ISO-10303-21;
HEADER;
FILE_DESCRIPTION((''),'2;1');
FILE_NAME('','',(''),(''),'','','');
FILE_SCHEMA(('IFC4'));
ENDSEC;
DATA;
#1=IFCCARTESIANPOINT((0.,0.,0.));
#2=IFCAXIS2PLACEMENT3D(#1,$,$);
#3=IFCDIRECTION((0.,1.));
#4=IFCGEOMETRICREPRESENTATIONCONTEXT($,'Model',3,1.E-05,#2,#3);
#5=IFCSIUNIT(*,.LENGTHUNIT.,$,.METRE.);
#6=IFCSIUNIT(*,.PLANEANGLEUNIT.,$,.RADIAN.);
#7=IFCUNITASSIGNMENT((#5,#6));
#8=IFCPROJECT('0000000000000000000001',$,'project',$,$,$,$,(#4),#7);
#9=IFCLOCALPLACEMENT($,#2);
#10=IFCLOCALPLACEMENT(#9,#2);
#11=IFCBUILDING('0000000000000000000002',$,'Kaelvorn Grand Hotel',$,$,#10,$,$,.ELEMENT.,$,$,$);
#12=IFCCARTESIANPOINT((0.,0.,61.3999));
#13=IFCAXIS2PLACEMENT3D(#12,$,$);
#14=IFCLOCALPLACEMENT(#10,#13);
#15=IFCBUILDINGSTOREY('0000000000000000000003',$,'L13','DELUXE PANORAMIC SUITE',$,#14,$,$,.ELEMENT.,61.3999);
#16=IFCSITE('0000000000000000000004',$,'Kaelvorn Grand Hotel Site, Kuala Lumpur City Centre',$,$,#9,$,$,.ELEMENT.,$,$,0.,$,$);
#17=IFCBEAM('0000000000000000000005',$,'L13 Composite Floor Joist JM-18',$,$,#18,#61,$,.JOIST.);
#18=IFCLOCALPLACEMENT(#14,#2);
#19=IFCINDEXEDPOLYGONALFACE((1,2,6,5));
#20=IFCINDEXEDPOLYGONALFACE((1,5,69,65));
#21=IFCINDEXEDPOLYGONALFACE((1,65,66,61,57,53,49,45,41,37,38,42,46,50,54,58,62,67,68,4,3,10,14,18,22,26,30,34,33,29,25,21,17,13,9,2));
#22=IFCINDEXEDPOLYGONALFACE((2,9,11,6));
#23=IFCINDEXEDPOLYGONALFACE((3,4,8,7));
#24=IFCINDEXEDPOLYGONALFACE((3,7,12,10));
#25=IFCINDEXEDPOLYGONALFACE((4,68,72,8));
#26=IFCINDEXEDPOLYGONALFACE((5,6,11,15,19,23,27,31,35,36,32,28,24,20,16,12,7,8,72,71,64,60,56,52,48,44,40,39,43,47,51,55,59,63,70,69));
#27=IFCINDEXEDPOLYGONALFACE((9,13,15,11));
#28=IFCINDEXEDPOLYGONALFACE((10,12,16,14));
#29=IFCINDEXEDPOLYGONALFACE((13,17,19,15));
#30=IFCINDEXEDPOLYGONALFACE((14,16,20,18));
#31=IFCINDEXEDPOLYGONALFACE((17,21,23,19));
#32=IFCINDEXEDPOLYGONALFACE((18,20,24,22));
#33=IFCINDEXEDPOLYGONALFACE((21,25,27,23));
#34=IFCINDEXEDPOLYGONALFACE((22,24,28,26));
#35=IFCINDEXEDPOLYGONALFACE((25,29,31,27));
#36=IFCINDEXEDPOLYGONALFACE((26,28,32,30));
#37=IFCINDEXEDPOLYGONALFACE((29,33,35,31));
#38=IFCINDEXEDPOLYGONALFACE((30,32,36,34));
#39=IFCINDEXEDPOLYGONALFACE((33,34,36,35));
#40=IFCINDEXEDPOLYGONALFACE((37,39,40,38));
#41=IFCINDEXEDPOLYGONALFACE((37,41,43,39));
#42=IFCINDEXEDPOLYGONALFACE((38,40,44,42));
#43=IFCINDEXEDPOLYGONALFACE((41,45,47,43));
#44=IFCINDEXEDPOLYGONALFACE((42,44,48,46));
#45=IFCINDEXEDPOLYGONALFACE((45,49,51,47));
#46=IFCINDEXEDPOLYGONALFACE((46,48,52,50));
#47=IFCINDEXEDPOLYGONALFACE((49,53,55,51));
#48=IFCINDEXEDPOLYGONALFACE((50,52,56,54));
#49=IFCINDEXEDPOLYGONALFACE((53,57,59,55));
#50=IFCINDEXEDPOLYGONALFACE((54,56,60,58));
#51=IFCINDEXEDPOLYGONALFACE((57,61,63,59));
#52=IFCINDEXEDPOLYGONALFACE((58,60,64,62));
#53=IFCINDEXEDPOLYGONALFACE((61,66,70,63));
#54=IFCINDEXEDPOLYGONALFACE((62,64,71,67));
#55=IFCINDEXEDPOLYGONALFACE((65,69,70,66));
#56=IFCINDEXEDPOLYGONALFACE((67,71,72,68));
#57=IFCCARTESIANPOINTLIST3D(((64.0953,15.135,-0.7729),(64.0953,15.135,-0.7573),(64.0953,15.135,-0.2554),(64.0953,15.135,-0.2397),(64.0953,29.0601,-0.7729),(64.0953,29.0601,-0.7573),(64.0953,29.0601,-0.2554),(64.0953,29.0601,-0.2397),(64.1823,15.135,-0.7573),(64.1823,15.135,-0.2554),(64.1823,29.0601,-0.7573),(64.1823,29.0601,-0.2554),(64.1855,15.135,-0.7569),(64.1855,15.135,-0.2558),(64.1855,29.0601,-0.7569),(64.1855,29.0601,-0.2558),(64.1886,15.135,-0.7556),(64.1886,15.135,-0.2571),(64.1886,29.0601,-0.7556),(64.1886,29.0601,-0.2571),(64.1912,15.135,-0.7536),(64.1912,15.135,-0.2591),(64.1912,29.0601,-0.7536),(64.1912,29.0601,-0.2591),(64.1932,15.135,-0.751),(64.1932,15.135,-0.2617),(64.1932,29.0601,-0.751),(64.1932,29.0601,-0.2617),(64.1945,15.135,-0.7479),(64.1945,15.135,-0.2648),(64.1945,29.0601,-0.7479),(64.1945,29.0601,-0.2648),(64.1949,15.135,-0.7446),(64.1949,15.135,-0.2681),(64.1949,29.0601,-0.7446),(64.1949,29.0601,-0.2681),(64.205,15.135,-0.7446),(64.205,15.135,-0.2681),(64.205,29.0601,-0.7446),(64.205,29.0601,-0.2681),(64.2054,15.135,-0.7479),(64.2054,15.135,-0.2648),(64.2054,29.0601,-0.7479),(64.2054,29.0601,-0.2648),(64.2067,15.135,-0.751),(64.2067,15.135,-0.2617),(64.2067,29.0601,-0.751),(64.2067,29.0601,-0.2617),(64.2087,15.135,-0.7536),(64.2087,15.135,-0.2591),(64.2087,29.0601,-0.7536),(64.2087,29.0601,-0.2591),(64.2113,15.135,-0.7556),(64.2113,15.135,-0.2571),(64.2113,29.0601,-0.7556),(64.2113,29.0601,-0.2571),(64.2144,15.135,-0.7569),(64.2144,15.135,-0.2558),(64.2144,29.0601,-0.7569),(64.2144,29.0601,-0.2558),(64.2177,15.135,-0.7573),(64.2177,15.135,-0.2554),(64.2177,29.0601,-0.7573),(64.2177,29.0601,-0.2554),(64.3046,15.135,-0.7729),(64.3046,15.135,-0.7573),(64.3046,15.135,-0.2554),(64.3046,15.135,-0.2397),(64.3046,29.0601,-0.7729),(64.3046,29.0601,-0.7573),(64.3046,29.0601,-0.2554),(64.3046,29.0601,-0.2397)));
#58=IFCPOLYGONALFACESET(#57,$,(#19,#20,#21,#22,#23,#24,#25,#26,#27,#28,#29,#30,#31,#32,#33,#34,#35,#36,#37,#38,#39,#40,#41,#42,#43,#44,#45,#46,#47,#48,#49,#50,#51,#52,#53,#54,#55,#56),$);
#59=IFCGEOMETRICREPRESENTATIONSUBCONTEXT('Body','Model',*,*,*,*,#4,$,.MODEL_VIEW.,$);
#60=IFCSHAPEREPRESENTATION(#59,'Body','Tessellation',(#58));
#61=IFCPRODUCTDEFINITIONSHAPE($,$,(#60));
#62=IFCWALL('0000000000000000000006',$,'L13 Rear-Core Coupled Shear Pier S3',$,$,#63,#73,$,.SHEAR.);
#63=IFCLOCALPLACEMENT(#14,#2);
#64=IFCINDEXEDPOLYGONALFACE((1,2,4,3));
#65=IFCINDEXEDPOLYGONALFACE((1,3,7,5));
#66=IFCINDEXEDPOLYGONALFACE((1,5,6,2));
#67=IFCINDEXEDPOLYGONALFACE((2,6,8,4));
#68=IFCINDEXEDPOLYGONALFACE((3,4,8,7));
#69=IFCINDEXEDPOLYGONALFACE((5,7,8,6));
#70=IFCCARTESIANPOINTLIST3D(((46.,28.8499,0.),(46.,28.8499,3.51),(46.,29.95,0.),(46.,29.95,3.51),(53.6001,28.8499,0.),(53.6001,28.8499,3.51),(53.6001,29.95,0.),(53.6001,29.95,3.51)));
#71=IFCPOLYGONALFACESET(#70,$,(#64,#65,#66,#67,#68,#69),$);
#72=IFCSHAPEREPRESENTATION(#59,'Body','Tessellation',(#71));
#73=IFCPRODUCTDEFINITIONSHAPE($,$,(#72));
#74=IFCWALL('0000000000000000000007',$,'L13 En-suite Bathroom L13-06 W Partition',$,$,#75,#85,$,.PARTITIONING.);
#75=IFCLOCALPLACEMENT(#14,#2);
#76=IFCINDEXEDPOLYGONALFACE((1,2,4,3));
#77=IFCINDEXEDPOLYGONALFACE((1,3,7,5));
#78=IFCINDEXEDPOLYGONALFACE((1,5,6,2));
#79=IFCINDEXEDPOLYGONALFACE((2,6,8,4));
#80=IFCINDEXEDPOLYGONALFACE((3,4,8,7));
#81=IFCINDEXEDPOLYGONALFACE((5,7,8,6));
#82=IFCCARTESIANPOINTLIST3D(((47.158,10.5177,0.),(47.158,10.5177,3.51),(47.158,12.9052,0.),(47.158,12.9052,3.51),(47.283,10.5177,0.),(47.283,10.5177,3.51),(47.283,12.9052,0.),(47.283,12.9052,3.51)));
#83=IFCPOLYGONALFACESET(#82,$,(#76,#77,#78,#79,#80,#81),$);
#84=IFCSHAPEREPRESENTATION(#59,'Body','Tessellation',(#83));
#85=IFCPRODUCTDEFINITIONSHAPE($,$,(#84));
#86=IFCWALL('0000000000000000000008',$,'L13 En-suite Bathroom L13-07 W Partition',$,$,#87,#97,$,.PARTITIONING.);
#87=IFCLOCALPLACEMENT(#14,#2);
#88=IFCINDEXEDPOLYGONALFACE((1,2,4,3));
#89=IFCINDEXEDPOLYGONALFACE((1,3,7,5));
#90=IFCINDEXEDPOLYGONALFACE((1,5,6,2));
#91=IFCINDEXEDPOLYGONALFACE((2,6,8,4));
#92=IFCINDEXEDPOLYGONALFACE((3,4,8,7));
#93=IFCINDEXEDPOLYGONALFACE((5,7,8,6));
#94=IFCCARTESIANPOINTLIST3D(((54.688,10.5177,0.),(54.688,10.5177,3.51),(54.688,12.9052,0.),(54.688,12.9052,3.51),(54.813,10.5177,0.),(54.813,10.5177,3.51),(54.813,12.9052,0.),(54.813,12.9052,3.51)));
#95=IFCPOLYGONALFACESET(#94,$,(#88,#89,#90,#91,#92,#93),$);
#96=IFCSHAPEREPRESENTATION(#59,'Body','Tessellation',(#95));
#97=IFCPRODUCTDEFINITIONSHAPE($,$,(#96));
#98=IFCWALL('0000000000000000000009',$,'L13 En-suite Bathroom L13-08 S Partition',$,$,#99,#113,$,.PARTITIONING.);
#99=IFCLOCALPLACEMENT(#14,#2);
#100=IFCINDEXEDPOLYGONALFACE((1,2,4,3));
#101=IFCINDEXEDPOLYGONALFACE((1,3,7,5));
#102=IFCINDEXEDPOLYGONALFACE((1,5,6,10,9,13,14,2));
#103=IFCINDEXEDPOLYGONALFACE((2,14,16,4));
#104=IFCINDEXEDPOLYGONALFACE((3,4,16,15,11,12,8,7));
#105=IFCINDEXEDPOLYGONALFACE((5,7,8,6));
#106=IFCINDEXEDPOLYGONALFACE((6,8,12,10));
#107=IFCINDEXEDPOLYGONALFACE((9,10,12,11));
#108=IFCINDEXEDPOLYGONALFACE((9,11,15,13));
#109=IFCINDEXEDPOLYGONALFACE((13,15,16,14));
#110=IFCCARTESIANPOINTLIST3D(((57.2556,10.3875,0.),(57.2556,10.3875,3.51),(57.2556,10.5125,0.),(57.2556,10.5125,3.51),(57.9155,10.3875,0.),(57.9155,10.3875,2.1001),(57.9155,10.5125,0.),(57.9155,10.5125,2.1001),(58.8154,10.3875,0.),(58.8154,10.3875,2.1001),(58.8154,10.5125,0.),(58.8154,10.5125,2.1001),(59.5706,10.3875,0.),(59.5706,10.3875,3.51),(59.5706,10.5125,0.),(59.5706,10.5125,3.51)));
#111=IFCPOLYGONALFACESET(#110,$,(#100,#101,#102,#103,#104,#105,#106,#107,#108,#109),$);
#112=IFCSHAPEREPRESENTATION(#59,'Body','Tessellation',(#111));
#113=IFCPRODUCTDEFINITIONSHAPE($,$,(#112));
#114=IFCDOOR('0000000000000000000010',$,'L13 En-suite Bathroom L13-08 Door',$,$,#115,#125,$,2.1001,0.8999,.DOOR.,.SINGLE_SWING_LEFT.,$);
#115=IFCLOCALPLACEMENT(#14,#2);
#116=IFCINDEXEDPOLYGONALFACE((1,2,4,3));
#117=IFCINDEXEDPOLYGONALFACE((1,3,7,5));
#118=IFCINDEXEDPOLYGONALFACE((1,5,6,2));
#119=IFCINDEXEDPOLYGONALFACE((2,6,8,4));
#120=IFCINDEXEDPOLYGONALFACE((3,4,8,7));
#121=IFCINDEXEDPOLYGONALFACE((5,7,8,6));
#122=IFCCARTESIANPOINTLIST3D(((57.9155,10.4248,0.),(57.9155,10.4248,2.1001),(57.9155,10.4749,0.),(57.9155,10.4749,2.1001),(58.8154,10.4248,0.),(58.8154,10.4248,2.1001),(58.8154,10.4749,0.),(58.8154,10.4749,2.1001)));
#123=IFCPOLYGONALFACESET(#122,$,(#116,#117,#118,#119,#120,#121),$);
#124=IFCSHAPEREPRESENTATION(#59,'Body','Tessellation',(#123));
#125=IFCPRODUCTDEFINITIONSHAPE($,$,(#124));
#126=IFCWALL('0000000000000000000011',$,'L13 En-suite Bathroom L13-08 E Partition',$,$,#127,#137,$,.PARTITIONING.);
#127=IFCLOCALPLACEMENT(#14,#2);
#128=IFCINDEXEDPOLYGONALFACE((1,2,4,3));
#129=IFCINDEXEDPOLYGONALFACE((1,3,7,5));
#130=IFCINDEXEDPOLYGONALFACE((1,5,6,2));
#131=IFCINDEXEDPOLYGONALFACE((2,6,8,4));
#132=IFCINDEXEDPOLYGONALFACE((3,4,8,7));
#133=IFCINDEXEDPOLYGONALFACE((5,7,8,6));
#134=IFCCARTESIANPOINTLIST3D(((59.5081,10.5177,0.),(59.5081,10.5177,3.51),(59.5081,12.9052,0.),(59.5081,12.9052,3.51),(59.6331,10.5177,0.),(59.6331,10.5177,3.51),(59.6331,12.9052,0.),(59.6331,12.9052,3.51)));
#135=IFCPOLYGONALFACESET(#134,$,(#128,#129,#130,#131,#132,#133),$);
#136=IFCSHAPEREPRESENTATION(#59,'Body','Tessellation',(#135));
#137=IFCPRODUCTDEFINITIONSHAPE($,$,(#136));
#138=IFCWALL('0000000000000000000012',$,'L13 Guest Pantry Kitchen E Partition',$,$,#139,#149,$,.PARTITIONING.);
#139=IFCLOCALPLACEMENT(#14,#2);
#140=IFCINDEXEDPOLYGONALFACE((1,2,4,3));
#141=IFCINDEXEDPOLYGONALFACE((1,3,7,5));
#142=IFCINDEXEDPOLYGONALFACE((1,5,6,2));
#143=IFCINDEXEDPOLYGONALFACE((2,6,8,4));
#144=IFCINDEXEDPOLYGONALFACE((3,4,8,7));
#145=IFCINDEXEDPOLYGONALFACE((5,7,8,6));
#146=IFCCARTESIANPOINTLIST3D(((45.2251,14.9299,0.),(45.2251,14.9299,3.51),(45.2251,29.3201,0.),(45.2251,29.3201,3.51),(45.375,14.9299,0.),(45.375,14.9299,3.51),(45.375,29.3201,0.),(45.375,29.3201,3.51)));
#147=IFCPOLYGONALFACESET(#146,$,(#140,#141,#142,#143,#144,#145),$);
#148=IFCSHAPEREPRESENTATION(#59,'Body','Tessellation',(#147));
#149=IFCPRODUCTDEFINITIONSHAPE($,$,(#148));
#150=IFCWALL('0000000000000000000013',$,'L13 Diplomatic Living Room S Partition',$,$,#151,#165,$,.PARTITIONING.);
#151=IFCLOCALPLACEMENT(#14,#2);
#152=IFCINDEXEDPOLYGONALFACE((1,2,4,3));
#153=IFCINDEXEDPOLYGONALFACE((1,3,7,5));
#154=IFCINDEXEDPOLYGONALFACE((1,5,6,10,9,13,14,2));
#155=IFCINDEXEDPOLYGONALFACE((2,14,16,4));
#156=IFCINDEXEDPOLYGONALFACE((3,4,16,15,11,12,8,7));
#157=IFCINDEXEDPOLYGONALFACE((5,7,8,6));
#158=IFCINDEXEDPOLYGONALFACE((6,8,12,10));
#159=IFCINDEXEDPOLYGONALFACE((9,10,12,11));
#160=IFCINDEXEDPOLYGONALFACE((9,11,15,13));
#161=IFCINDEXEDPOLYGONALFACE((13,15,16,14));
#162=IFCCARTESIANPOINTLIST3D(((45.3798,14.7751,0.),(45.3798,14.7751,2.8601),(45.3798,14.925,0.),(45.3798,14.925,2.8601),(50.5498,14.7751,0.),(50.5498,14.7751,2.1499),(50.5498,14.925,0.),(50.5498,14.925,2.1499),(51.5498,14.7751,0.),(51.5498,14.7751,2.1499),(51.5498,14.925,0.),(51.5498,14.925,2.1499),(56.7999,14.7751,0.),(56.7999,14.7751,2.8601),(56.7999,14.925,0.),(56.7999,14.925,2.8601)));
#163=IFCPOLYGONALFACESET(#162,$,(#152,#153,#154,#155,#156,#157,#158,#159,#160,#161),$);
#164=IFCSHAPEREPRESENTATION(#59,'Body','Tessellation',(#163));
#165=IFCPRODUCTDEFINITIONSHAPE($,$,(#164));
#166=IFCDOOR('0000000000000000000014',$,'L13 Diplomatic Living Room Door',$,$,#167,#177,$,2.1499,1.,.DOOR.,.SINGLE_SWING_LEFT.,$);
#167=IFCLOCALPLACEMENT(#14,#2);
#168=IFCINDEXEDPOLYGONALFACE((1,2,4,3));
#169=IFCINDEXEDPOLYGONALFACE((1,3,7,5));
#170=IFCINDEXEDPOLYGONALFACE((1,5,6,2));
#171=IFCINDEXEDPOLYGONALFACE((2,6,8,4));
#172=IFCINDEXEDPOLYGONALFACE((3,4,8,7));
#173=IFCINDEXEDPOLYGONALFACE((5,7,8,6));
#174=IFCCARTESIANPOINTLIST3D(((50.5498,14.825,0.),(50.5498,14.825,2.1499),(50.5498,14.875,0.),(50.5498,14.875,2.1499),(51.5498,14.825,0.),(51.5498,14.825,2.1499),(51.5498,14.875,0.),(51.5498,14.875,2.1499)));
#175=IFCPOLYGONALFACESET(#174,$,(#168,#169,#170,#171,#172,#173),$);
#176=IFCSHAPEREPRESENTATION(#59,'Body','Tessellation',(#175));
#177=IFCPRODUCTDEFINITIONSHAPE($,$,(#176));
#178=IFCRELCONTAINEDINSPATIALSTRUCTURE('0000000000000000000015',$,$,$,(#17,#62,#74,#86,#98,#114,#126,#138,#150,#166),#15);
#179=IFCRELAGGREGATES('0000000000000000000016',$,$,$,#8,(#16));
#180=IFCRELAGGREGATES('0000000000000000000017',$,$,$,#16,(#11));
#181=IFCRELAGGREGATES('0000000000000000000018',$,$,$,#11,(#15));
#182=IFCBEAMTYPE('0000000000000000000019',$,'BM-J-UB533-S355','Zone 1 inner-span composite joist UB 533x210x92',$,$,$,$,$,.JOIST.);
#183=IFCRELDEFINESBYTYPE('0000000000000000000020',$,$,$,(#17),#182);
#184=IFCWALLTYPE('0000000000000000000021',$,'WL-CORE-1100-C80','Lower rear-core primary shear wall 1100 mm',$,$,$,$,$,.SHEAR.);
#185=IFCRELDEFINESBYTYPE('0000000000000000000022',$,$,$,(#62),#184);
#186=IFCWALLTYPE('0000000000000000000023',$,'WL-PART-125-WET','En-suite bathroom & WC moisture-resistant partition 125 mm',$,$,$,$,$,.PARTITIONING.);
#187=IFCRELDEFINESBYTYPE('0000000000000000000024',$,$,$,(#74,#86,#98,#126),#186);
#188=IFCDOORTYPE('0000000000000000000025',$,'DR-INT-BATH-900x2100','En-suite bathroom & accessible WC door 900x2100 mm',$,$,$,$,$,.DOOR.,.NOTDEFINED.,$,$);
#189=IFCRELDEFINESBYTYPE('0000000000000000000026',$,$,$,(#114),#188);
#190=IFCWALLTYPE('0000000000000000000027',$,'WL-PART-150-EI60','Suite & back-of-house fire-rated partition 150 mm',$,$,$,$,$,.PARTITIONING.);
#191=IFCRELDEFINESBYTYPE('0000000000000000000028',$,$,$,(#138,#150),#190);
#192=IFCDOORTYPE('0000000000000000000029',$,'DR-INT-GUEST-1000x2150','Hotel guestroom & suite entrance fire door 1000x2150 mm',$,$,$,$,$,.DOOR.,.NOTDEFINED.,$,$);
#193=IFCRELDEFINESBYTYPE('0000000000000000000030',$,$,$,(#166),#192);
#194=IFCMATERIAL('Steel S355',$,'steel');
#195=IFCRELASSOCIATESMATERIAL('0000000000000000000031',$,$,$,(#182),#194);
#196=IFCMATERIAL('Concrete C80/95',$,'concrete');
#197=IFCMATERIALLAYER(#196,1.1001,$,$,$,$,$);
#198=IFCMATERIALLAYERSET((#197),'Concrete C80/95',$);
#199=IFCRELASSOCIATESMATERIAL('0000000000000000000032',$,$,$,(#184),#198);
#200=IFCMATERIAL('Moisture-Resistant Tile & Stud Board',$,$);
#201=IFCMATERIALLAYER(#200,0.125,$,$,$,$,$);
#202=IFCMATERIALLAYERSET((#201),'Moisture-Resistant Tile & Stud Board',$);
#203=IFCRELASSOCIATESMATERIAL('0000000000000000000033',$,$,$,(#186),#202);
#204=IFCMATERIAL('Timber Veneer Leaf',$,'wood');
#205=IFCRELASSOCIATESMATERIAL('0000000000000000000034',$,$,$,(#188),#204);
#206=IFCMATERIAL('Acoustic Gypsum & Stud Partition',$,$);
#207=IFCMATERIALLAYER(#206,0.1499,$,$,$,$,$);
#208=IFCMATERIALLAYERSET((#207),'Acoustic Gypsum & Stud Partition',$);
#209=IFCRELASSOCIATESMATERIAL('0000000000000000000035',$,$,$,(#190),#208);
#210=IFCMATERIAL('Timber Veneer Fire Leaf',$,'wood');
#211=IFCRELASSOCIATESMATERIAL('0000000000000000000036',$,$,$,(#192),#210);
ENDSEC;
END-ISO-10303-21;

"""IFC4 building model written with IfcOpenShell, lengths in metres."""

from ifc_helpers import new_model, si_unit, direction, frame, frame_2d, origin, origin_2d, place, context, subcontext, project, spatial, rectangle, i_section, extrude, material, layer, layer_set, material_profile, profile_set, type_object, element, fill, save


model = new_model("IFC4")

# Units and contexts
model_context = context("Model", 3, precision=1e-05, world=origin(), true_north=direction((0.0, 1.0)))
body_context = subcontext(model_context, "Body", "Model", "MODEL_VIEW")
ifc_project = project(units=[si_unit("LENGTHUNIT", "METRE"), si_unit("PLANEANGLEUNIT", "RADIAN")], contexts=[model_context])

# Site, building, storey
site_placement = place(None, origin())
site = spatial("IfcSite", under=ifc_project, at=site_placement, Name="Kaelvorn Grand Hotel Site, Kuala Lumpur City Centre", CompositionType="ELEMENT", RefElevation=0.0)
building_placement = place(site_placement, origin())
building = spatial("IfcBuilding", under=site, at=building_placement, Name="Kaelvorn Grand Hotel", CompositionType="ELEMENT")
storey_placement = place(building_placement, frame((0.0, 0.0, 61.3999)))
storey = spatial("IfcBuildingStorey", under=building, at=storey_placement, Name="L13", Description="DELUXE PANORAMIC SUITE", CompositionType="ELEMENT", Elevation=61.3999)

# Shared definitions
ifc_material_1 = material(Name="Concrete C80/95", Category="concrete")

# Beam
ifc_material_2 = material(Name="Steel S355", Category="steel")
ifc_material_profile_1 = material_profile(ifc_material_2, i_section(OverallWidth=0.2092, OverallDepth=0.5332, WebThickness=0.01, FlangeThickness=0.0156, FilletRadius=0.0127, at=origin_2d()), Name="UB 533x210x92")
ifc_profile_set_1 = profile_set([ifc_material_profile_1], Name="Steel S355")
beam_type_1 = type_object("IfcBeamType", Name="BM-J-UB533-S355", Description="Zone 1 inner-span composite joist UB 533x210x92", PredefinedType="JOIST", material=ifc_profile_set_1)
beam_1_placement = place(storey_placement, frame((64.2, 15.135, -0.5063), z_axis=(0.0, 1.0, 0.0), x_axis=(-1.0, 0.0, 0.0)))
element("IfcBeam", 1, at=beam_1_placement, inside=storey, type_object=beam_type_1, Name="L13 Composite Floor Joist JM-18", PredefinedType="JOIST", context=body_context, shape_type="SweptSolid", body=[
    extrude(i_section(OverallWidth=0.2092, OverallDepth=0.5332, WebThickness=0.01, FlangeThickness=0.0156, FilletRadius=0.0127, at=origin_2d()), origin(), (0.0, 0.0, 1.0), 13.925),
])

# Walls
ifc_layer_1 = layer(ifc_material_1, 1.1001)
ifc_layer_set_1 = layer_set([ifc_layer_1], Name="Concrete C80/95")
wall_type_1 = type_object("IfcWallType", Name="WL-CORE-1100-C80", Description="Lower rear-core primary shear wall 1100 mm", PredefinedType="SHEAR", material=ifc_layer_set_1)
wall_1_placement = place(storey_placement, frame((46.0, 29.3999, 0.0), z_axis=(0.0, 0.0, 1.0), x_axis=(1.0, 0.0, 0.0)))
element("IfcWall", 2, at=wall_1_placement, inside=storey, type_object=wall_type_1, Name="L13 Rear-Core Coupled Shear Pier S3", PredefinedType="SHEAR", context=body_context, shape_type="SweptSolid", body=[
    extrude(rectangle(XDim=7.6001, YDim=1.1001, at=frame_2d((3.8, 0.0))), origin(), (0.0, 0.0, 1.0), 3.51),
])
ifc_material_3 = material(Name="Moisture-Resistant Tile & Stud Board")
ifc_layer_2 = layer(ifc_material_3, 0.125)
ifc_layer_set_2 = layer_set([ifc_layer_2], Name="Moisture-Resistant Tile & Stud Board")
wall_type_2 = type_object("IfcWallType", Name="WL-PART-125-WET", Description="En-suite bathroom & WC moisture-resistant partition 125 mm", PredefinedType="PARTITIONING", material=ifc_layer_set_2)
for number, where, z_axis, x_axis, name in (
    (3, (47.2205, 10.5176, 0.0), (0.0, 0.0, 1.0), (0.0, 1.0, 0.0), "L13 En-suite Bathroom L13-06 W Partition"),
    (4, (54.7505, 10.5176, 0.0), (0.0, 0.0, 1.0), (0.0, 1.0, 0.0), "L13 En-suite Bathroom L13-07 W Partition"),
):
    element("IfcWall", number, at=place(storey_placement, frame(where, z_axis=z_axis, x_axis=x_axis)), inside=storey, type_object=wall_type_2, Name=name, PredefinedType="PARTITIONING", context=body_context, shape_type="SweptSolid", body=[
        extrude(rectangle(XDim=2.3875, YDim=0.125, at=frame_2d((1.1938, 0.0))), origin(), (0.0, 0.0, 1.0), 3.51),
    ])

# Wall, opening, door
wall_2_placement = place(storey_placement, frame((57.2556, 10.45, 0.0), z_axis=(0.0, 0.0, 1.0), x_axis=(1.0, 0.0, 0.0)))
wall_2 = element("IfcWall", 5, at=wall_2_placement, inside=storey, type_object=wall_type_2, Name="L13 En-suite Bathroom L13-08 S Partition", PredefinedType="PARTITIONING", context=body_context, shape_type="SweptSolid", body=[
    extrude(rectangle(XDim=2.3149, YDim=0.125, at=frame_2d((1.1575, 0.0))), origin(), (0.0, 0.0, 1.0), 3.51),
])
opening_1_placement = place(wall_2_placement, frame((0.6599, 0.0, 0.0)))
opening_1 = element("IfcOpeningElement", 6, at=opening_1_placement, cuts=wall_2, PredefinedType="OPENING", context=body_context, shape_type="SweptSolid", body=[
    extrude(rectangle(XDim=0.8999, YDim=2.1001, at=frame_2d((0.45, 1.05))), frame((0.0, 0.0725, 0.0), z_axis=(0.0, -1.0, 0.0), x_axis=(1.0, 0.0, 0.0)), (0.0, 0.0, 1.0), 0.145),
])
ifc_material_4 = material(Name="Timber Veneer Leaf", Category="wood")
door_type_1 = type_object("IfcDoorType", Name="DR-INT-BATH-900x2100", Description="En-suite bathroom & accessible WC door 900x2100 mm", OperationType="NOTDEFINED", PredefinedType="DOOR", material=ifc_material_4)
door_1_placement = place(opening_1_placement, origin())
door_1 = element("IfcDoor", 7, at=door_1_placement, inside=storey, type_object=door_type_1, Name="L13 En-suite Bathroom L13-08 Door", OperationType="SINGLE_SWING_LEFT", OverallHeight=2.1001, OverallWidth=0.8999, PredefinedType="DOOR", context=body_context, shape_type="SweptSolid", body=[
    extrude(rectangle(XDim=0.8999, YDim=2.1001, at=frame_2d((0.45, 1.05))), frame((0.0, 0.0249, 0.0), z_axis=(0.0, -1.0, 0.0), x_axis=(1.0, 0.0, 0.0)), (0.0, 0.0, 1.0), 0.05),
])
fill(opening_1, door_1)

# Walls
wall_3_placement = place(storey_placement, frame((59.5706, 10.5176, 0.0), z_axis=(0.0, 0.0, 1.0), x_axis=(0.0, 1.0, 0.0)))
element("IfcWall", 8, at=wall_3_placement, inside=storey, type_object=wall_type_2, Name="L13 En-suite Bathroom L13-08 E Partition", PredefinedType="PARTITIONING", context=body_context, shape_type="SweptSolid", body=[
    extrude(rectangle(XDim=2.3875, YDim=0.125, at=frame_2d((1.1938, 0.0))), origin(), (0.0, 0.0, 1.0), 3.51),
])
ifc_material_5 = material(Name="Acoustic Gypsum & Stud Partition")
ifc_layer_3 = layer(ifc_material_5, 0.1499)
ifc_layer_set_3 = layer_set([ifc_layer_3], Name="Acoustic Gypsum & Stud Partition")
wall_type_3 = type_object("IfcWallType", Name="WL-PART-150-EI60", Description="Suite & back-of-house fire-rated partition 150 mm", PredefinedType="PARTITIONING", material=ifc_layer_set_3)
wall_4_placement = place(storey_placement, frame((45.3, 14.9299, 0.0), z_axis=(0.0, 0.0, 1.0), x_axis=(0.0, 1.0, 0.0)))
element("IfcWall", 9, at=wall_4_placement, inside=storey, type_object=wall_type_3, Name="L13 Guest Pantry Kitchen E Partition", PredefinedType="PARTITIONING", context=body_context, shape_type="SweptSolid", body=[
    extrude(rectangle(XDim=14.3901, YDim=0.1499, at=frame_2d((7.1951, 0.0))), origin(), (0.0, 0.0, 1.0), 3.51),
])

# Wall, opening, door
wall_5_placement = place(storey_placement, frame((45.3799, 14.8501, 0.0), z_axis=(0.0, 0.0, 1.0), x_axis=(1.0, 0.0, 0.0)))
wall_5 = element("IfcWall", 10, at=wall_5_placement, inside=storey, type_object=wall_type_3, Name="L13 Diplomatic Living Room S Partition", PredefinedType="PARTITIONING", context=body_context, shape_type="SweptSolid", body=[
    extrude(rectangle(XDim=11.4202, YDim=0.1499, at=frame_2d((5.71, 0.0))), origin(), (0.0, 0.0, 1.0), 2.8601),
])
opening_2_placement = place(wall_5_placement, frame((5.1699, 0.0, 0.0)))
opening_2 = element("IfcOpeningElement", 11, at=opening_2_placement, cuts=wall_5, PredefinedType="OPENING", context=body_context, shape_type="SweptSolid", body=[
    extrude(rectangle(XDim=1.0, YDim=2.1499, at=frame_2d((0.5, 1.075))), frame((0.0, 0.085, 0.0), z_axis=(0.0, -1.0, 0.0), x_axis=(1.0, 0.0, 0.0)), (0.0, 0.0, 1.0), 0.1699),
])
ifc_material_6 = material(Name="Timber Veneer Fire Leaf", Category="wood")
door_type_2 = type_object("IfcDoorType", Name="DR-INT-GUEST-1000x2150", Description="Hotel guestroom & suite entrance fire door 1000x2150 mm", OperationType="NOTDEFINED", PredefinedType="DOOR", material=ifc_material_6)
door_2_placement = place(opening_2_placement, origin())
door_2 = element("IfcDoor", 12, at=door_2_placement, inside=storey, type_object=door_type_2, Name="L13 Diplomatic Living Room Door", OperationType="SINGLE_SWING_LEFT", OverallHeight=2.1499, OverallWidth=1.0, PredefinedType="DOOR", context=body_context, shape_type="SweptSolid", body=[
    extrude(rectangle(XDim=1.0, YDim=2.1499, at=frame_2d((0.5, 1.075))), frame((0.0, 0.0249, 0.0), z_axis=(0.0, -1.0, 0.0), x_axis=(1.0, 0.0, 0.0)), (0.0, 0.0, 1.0), 0.05),
])
fill(opening_2, door_2)

save(model, "model.ifc")
